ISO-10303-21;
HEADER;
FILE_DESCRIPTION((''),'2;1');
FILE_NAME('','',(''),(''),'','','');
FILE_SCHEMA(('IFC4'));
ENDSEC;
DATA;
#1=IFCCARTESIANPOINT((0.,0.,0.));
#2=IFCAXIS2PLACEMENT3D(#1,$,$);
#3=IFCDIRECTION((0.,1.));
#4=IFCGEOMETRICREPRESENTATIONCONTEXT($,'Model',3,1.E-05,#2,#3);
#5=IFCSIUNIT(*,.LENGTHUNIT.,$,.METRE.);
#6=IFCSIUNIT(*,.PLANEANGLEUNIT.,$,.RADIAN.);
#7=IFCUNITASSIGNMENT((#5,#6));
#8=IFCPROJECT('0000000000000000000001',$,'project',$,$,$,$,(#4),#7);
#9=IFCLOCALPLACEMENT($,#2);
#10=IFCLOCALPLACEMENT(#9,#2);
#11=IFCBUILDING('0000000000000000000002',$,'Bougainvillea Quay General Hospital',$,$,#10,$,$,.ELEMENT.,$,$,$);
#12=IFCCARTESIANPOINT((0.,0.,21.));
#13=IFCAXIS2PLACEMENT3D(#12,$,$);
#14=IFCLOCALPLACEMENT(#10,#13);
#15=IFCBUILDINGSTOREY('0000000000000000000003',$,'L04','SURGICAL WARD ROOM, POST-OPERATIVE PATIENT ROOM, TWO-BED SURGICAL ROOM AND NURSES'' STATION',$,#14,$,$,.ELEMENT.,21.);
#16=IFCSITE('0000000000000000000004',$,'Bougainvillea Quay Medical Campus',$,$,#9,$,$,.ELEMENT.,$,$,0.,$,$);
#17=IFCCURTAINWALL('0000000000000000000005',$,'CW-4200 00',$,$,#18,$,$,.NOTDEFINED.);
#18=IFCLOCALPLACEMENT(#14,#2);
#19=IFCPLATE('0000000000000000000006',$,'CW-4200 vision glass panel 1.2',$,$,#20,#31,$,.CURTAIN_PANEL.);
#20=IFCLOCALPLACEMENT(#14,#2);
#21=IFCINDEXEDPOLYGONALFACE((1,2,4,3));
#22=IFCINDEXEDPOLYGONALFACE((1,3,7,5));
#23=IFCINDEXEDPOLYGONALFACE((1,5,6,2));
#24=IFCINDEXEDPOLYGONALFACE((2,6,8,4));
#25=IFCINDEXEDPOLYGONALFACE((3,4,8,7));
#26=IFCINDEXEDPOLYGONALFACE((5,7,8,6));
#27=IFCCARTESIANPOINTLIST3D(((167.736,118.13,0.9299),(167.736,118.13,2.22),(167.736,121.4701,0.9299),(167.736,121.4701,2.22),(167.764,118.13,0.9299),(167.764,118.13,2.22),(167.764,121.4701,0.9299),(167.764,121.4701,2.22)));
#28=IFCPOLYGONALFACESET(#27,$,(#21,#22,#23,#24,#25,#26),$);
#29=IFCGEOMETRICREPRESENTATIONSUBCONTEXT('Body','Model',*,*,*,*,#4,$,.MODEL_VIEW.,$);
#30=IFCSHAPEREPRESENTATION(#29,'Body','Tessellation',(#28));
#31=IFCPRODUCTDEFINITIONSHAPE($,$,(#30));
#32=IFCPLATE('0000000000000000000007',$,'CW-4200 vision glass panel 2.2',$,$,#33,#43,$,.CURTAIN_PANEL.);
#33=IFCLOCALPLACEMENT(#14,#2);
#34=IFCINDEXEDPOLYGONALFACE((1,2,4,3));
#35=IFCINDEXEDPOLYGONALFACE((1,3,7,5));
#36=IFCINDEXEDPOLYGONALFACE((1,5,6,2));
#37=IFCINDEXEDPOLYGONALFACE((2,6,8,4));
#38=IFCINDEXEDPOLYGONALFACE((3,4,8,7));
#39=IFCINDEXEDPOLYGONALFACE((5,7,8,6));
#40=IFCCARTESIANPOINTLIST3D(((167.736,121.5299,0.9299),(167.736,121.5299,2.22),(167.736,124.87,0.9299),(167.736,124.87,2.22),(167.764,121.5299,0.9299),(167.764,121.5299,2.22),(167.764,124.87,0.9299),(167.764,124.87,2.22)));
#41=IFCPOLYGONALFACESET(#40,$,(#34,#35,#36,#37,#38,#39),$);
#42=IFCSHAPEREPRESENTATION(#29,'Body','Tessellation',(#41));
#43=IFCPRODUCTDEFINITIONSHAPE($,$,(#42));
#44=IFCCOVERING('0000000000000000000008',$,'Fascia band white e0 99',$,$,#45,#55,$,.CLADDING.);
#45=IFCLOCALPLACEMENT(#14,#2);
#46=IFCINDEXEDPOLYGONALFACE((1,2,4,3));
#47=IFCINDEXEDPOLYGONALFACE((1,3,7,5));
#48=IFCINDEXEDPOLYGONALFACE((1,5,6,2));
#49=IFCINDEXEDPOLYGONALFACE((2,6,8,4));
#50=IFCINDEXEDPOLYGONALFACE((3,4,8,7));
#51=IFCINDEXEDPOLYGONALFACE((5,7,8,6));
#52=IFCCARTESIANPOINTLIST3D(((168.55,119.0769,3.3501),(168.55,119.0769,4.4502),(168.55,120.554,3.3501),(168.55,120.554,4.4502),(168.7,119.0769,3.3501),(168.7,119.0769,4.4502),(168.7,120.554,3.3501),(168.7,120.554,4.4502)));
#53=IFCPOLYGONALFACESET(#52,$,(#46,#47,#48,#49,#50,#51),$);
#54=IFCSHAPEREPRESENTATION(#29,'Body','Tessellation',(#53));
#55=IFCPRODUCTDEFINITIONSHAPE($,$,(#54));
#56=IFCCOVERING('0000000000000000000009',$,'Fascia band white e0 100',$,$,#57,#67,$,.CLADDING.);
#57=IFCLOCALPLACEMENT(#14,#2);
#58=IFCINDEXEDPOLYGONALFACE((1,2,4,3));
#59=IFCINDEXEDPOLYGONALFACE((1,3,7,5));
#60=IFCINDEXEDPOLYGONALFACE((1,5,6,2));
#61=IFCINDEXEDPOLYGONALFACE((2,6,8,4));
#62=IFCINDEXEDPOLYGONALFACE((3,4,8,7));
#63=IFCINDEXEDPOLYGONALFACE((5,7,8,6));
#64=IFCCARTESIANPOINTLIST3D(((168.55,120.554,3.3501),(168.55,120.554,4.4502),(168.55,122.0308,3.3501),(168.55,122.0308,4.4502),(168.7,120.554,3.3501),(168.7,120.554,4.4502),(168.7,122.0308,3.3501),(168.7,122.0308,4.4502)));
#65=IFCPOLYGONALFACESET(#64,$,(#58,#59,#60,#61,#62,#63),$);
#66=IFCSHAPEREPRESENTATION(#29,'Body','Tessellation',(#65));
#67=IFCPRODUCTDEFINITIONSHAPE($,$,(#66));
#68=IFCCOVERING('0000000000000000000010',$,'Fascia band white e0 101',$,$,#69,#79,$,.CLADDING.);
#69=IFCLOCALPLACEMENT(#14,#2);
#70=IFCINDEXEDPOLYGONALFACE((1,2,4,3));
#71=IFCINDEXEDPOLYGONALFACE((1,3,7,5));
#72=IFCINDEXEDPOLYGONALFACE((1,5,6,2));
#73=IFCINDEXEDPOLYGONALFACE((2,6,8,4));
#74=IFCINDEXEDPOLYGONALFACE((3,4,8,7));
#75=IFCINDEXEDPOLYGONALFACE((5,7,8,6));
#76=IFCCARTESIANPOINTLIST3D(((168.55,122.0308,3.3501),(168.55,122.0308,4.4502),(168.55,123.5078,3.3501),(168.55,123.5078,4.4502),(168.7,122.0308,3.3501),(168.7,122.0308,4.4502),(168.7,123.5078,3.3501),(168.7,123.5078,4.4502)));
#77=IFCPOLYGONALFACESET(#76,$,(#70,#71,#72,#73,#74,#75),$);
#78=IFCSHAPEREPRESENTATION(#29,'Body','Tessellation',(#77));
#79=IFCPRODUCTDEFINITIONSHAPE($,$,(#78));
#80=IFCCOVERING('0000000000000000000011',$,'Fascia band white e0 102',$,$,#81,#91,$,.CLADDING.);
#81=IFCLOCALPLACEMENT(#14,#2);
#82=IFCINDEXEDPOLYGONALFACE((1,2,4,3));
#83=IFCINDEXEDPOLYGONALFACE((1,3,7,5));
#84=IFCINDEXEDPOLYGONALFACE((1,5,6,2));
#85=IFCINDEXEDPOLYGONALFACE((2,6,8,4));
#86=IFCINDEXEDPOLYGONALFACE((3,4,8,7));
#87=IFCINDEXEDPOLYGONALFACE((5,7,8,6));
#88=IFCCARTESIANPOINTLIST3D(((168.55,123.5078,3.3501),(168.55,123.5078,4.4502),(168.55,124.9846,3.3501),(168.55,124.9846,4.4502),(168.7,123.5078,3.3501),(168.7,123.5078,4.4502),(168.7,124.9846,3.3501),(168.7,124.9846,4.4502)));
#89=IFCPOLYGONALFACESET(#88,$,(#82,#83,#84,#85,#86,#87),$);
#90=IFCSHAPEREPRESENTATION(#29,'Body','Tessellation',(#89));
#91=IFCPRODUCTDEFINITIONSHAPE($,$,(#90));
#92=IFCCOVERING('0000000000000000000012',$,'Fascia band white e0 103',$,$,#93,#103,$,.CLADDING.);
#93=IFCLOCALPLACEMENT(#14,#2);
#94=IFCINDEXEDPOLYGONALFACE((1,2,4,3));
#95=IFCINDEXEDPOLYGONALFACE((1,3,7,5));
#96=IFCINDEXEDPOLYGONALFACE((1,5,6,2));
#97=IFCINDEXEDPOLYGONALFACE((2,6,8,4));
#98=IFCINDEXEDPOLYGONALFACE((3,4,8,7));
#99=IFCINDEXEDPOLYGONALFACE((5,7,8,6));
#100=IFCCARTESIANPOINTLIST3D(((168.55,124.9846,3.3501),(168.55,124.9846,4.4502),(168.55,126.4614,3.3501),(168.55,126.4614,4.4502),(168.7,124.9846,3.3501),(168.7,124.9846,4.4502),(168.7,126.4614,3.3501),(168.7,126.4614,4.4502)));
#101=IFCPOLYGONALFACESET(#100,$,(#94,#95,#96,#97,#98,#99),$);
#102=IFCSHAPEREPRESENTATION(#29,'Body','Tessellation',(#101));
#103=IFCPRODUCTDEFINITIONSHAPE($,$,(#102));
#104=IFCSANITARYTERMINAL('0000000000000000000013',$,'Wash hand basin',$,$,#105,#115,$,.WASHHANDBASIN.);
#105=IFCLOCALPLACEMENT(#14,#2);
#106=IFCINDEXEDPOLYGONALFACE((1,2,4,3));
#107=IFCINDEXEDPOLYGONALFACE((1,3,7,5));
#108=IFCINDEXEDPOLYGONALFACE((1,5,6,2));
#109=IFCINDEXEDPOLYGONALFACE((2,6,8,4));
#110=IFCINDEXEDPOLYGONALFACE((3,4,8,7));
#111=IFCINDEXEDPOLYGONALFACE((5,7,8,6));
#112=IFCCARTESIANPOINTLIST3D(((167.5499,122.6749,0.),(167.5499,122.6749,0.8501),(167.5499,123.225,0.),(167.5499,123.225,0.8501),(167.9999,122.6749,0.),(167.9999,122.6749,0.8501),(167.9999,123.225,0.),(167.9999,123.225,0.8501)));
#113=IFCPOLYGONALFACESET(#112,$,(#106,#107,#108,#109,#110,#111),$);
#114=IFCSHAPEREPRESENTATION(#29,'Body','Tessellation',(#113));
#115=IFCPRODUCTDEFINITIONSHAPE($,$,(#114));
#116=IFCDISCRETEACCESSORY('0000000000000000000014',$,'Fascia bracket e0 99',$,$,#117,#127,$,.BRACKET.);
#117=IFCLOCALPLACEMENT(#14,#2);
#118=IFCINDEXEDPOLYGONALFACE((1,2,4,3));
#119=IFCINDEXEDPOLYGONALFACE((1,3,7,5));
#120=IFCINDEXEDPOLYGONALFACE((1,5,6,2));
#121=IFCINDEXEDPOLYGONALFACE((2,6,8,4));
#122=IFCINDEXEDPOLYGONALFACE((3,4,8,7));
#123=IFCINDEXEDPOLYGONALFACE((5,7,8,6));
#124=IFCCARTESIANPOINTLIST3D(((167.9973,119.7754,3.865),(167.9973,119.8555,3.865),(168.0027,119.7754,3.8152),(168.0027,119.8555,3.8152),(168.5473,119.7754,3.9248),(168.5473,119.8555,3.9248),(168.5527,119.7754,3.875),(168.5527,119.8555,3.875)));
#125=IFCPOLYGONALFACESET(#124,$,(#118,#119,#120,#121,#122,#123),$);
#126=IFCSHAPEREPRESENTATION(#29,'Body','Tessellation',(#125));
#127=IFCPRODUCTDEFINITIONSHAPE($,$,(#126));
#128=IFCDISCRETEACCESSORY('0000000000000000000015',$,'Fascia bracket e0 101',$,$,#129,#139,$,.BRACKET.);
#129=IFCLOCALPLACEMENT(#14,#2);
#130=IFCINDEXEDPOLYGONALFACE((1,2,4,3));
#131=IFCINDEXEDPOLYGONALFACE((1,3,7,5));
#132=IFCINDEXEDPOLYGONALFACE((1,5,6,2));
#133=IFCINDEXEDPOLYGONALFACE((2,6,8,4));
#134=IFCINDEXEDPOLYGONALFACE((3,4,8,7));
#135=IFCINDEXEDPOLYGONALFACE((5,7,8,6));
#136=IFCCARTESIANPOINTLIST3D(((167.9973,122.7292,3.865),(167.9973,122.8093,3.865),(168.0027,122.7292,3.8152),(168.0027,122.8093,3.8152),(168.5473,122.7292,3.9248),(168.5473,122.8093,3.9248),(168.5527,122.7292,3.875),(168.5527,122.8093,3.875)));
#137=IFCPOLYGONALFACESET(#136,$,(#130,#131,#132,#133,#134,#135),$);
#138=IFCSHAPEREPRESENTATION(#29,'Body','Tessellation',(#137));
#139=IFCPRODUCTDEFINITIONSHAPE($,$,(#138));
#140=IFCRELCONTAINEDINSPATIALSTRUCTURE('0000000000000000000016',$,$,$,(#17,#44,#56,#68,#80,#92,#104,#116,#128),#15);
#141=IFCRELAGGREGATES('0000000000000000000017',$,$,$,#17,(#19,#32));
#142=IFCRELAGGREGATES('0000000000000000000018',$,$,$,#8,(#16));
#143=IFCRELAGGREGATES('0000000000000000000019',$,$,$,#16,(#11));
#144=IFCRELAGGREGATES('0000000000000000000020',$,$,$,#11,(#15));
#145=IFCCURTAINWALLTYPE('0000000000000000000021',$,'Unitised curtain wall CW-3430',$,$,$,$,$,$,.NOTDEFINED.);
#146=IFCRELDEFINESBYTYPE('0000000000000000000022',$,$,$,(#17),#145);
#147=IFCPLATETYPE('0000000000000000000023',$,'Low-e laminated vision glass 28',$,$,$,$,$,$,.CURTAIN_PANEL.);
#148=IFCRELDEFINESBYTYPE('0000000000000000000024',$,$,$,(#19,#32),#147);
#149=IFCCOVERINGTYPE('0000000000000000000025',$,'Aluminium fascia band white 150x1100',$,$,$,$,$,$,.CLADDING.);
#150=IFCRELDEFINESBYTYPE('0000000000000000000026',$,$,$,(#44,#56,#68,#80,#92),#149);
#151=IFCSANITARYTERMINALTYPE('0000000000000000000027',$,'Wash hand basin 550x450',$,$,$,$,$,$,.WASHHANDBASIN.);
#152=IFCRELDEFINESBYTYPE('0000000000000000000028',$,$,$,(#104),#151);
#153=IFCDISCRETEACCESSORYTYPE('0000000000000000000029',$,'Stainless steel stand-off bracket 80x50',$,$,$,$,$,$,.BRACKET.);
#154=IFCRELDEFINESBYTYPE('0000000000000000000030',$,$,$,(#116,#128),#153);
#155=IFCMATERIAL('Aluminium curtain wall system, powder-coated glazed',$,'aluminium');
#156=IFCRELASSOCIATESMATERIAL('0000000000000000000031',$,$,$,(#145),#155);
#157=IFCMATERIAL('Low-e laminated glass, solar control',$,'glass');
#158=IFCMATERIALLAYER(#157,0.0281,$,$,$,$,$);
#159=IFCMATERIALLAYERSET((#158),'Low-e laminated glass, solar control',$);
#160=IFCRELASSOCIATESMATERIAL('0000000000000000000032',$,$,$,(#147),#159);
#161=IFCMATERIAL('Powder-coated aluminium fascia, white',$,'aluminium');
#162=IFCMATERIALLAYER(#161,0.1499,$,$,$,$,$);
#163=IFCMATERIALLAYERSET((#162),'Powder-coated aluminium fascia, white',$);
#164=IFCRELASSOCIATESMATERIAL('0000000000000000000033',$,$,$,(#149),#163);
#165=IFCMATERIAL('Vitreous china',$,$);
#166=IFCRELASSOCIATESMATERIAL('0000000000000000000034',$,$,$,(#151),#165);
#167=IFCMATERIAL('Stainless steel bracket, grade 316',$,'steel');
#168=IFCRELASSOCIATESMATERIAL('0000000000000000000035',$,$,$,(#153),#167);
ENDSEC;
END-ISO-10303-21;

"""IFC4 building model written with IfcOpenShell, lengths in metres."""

from ifc_helpers import new_model, si_unit, direction, frame, origin, origin_2d, place, context, subcontext, project, spatial, polyline, rectangle, outline, extrude, material, layer, layer_set, material_profile, profile_set, type_object, element, aggregate, save


model = new_model("IFC4")

# Units and contexts
model_context = context("Model", 3, precision=1e-05, world=origin(), true_north=direction((0.0, 1.0)))
body_context = subcontext(model_context, "Body", "Model", "MODEL_VIEW")
ifc_project = project(units=[si_unit("LENGTHUNIT", "METRE"), si_unit("PLANEANGLEUNIT", "RADIAN")], contexts=[model_context])

# Site, building, storey
site_placement = place(None, origin())
site = spatial("IfcSite", under=ifc_project, at=site_placement, Name="Bougainvillea Quay Medical Campus", CompositionType="ELEMENT", RefElevation=0.0)
building_placement = place(site_placement, origin())
building = spatial("IfcBuilding", under=site, at=building_placement, Name="Bougainvillea Quay General Hospital", CompositionType="ELEMENT")
storey_placement = place(building_placement, frame((0.0, 0.0, 21.0)))
storey = spatial("IfcBuildingStorey", under=building, at=storey_placement, Name="L04", Description="SURGICAL WARD ROOM, POST-OPERATIVE PATIENT ROOM, TWO-BED SURGICAL ROOM AND NURSES' STATION", CompositionType="ELEMENT", Elevation=21.0)

# Curtain wall, plates
ifc_material_1 = material(Name="Aluminium curtain wall system, powder-coated glazed", Category="aluminium")
curtain_wall_type = type_object("IfcCurtainWallType", Name="Unitised curtain wall CW-3430", PredefinedType="NOTDEFINED", material=ifc_material_1)
curtain_wall_placement = place(storey_placement, origin())
curtain_wall = element("IfcCurtainWall", 1, at=curtain_wall_placement, inside=storey, type_object=curtain_wall_type, Name="CW-4200 00", PredefinedType="NOTDEFINED")
ifc_material_2 = material(Name="Low-e laminated glass, solar control", Category="glass")
ifc_layer_1 = layer(ifc_material_2, 0.0281)
ifc_layer_set_1 = layer_set([ifc_layer_1], Name="Low-e laminated glass, solar control")
plate_type_1 = type_object("IfcPlateType", Name="Low-e laminated vision glass 28", PredefinedType="CURTAIN_PANEL", material=ifc_layer_set_1)
plate_1_placement = place(storey_placement, frame((167.75, 119.8, 0.9299), z_axis=(0.0, 0.0, 1.0), x_axis=(0.0, 1.0, 0.0)))
plate_1 = element("IfcPlate", 2, at=plate_1_placement, type_object=plate_type_1, Name="CW-4200 vision glass panel 1.2", PredefinedType="CURTAIN_PANEL", context=body_context, shape_type="SweptSolid", body=[
    extrude(rectangle(XDim=3.3401, YDim=0.0281, at=origin_2d()), origin(), (0.0, 0.0, 1.0), 1.29),
])
plate_2_placement = place(storey_placement, frame((167.75, 123.2, 0.9299), z_axis=(0.0, 0.0, 1.0), x_axis=(0.0, 1.0, 0.0)))
plate_2 = element("IfcPlate", 3, at=plate_2_placement, type_object=plate_type_1, Name="CW-4200 vision glass panel 2.2", PredefinedType="CURTAIN_PANEL", context=body_context, shape_type="SweptSolid", body=[
    extrude(rectangle(XDim=3.3401, YDim=0.0281, at=origin_2d()), origin(), (0.0, 0.0, 1.0), 1.29),
])
aggregate(curtain_wall, [plate_1, plate_2])

# Coverings
ifc_material_3 = material(Name="Powder-coated aluminium fascia, white", Category="aluminium")
ifc_layer_2 = layer(ifc_material_3, 0.1499)
ifc_layer_set_2 = layer_set([ifc_layer_2], Name="Powder-coated aluminium fascia, white")
covering_type = type_object("IfcCoveringType", Name="Aluminium fascia band white 150x1100", PredefinedType="CLADDING", material=ifc_layer_set_2)
covering_1_placement = place(storey_placement, frame((168.55, 119.0769, 3.3501), z_axis=(0.0, 0.0, 1.0), x_axis=(0.0, 1.0, 0.0)))
element("IfcCovering", 4, at=covering_1_placement, inside=storey, type_object=covering_type, Name="Fascia band white e0 99", PredefinedType="CLADDING", context=body_context, shape_type="SweptSolid", body=[
    extrude(outline(polyline([(0.0, 0.0), (1.4771, 0.0), (1.4771, -0.1499), (0.0, -0.1499), (0.0, 0.0)])), origin(), (0.0, 0.0, 1.0), 1.1001),
])
covering_2_placement = place(storey_placement, frame((168.55, 120.554, 3.3501), z_axis=(0.0, 0.0, 1.0), x_axis=(0.0, 1.0, 0.0)))
element("IfcCovering", 5, at=covering_2_placement, inside=storey, type_object=covering_type, Name="Fascia band white e0 100", PredefinedType="CLADDING", context=body_context, shape_type="SweptSolid", body=[
    extrude(outline(polyline([(0.0, 0.0), (1.4768, 0.0), (1.4768, -0.1499), (0.0, -0.1499), (0.0, 0.0)])), origin(), (0.0, 0.0, 1.0), 1.1001),
])
covering_3_placement = place(storey_placement, frame((168.55, 122.0308, 3.3501), z_axis=(0.0, 0.0, 1.0), x_axis=(0.0, 1.0, 0.0)))
element("IfcCovering", 6, at=covering_3_placement, inside=storey, type_object=covering_type, Name="Fascia band white e0 101", PredefinedType="CLADDING", context=body_context, shape_type="SweptSolid", body=[
    extrude(outline(polyline([(0.0, 0.0), (1.4771, 0.0), (1.4771, -0.1499), (0.0, -0.1499), (0.0, 0.0)])), origin(), (0.0, 0.0, 1.0), 1.1001),
])
for number, where, z_axis, x_axis, name in (
    (7, (168.55, 123.5078, 3.3501), (0.0, 0.0, 1.0), (0.0, 1.0, 0.0), "Fascia band white e0 102"),
    (8, (168.55, 124.9846, 3.3501), (0.0, 0.0, 1.0), (0.0, 1.0, 0.0), "Fascia band white e0 103"),
):
    element("IfcCovering", number, at=place(storey_placement, frame(where, z_axis=z_axis, x_axis=x_axis)), inside=storey, type_object=covering_type, Name=name, PredefinedType="CLADDING", context=body_context, shape_type="SweptSolid", body=[
        extrude(outline(polyline([(0.0, 0.0), (1.4768, 0.0), (1.4768, -0.1499), (0.0, -0.1499), (0.0, 0.0)])), origin(), (0.0, 0.0, 1.0), 1.1001),
    ])

# Sanitary terminal
ifc_material_4 = material(Name="Vitreous china")
sanitary_terminal_type = type_object("IfcSanitaryTerminalType", Name="Wash hand basin 550x450", PredefinedType="WASHHANDBASIN", material=ifc_material_4)
sanitary_terminal_placement = place(storey_placement, frame((167.7749, 122.95, 0.0), z_axis=(0.0, 0.0, 1.0), x_axis=(0.0, -1.0, 0.0)))
element("IfcSanitaryTerminal", 9, at=sanitary_terminal_placement, inside=storey, type_object=sanitary_terminal_type, Name="Wash hand basin", PredefinedType="WASHHANDBASIN", context=body_context, shape_type="SweptSolid", body=[
    extrude(rectangle(XDim=0.55, YDim=0.45, at=origin_2d()), origin(), (0.0, 0.0, 1.0), 0.8501),
])

# Discrete accessories
ifc_material_5 = material(Name="Stainless steel bracket, grade 316", Category="steel")
ifc_material_profile_1 = material_profile(ifc_material_5, rectangle(XDim=0.0801, YDim=0.05, at=origin_2d()))
ifc_profile_set_1 = profile_set([ifc_material_profile_1], Name="Stainless steel bracket, grade 316")
discrete_accessory_type = type_object("IfcDiscreteAccessoryType", Name="Stainless steel stand-off bracket 80x50", PredefinedType="BRACKET", material=ifc_profile_set_1)
for number, where, z_axis, x_axis, name in (
    (10, (168.0, 119.8154, 3.8401), (0.994139, 0.0, 0.108107), (0.0, 1.0, 0.0), "Fascia bracket e0 99"),
    (11, (168.0, 122.7693, 3.8401), (0.994139, 0.0, 0.108107), (0.0, 1.0, 0.0), "Fascia bracket e0 101"),
):
    element("IfcDiscreteAccessory", number, at=place(storey_placement, frame(where, z_axis=z_axis, x_axis=x_axis)), inside=storey, type_object=discrete_accessory_type, Name=name, PredefinedType="BRACKET", context=body_context, shape_type="SweptSolid", body=[
        extrude(rectangle(XDim=0.0801, YDim=0.05, at=origin_2d()), origin(), (0.0, 0.0, 1.0), 0.5532),
    ])

save(model, "model.ifc")
